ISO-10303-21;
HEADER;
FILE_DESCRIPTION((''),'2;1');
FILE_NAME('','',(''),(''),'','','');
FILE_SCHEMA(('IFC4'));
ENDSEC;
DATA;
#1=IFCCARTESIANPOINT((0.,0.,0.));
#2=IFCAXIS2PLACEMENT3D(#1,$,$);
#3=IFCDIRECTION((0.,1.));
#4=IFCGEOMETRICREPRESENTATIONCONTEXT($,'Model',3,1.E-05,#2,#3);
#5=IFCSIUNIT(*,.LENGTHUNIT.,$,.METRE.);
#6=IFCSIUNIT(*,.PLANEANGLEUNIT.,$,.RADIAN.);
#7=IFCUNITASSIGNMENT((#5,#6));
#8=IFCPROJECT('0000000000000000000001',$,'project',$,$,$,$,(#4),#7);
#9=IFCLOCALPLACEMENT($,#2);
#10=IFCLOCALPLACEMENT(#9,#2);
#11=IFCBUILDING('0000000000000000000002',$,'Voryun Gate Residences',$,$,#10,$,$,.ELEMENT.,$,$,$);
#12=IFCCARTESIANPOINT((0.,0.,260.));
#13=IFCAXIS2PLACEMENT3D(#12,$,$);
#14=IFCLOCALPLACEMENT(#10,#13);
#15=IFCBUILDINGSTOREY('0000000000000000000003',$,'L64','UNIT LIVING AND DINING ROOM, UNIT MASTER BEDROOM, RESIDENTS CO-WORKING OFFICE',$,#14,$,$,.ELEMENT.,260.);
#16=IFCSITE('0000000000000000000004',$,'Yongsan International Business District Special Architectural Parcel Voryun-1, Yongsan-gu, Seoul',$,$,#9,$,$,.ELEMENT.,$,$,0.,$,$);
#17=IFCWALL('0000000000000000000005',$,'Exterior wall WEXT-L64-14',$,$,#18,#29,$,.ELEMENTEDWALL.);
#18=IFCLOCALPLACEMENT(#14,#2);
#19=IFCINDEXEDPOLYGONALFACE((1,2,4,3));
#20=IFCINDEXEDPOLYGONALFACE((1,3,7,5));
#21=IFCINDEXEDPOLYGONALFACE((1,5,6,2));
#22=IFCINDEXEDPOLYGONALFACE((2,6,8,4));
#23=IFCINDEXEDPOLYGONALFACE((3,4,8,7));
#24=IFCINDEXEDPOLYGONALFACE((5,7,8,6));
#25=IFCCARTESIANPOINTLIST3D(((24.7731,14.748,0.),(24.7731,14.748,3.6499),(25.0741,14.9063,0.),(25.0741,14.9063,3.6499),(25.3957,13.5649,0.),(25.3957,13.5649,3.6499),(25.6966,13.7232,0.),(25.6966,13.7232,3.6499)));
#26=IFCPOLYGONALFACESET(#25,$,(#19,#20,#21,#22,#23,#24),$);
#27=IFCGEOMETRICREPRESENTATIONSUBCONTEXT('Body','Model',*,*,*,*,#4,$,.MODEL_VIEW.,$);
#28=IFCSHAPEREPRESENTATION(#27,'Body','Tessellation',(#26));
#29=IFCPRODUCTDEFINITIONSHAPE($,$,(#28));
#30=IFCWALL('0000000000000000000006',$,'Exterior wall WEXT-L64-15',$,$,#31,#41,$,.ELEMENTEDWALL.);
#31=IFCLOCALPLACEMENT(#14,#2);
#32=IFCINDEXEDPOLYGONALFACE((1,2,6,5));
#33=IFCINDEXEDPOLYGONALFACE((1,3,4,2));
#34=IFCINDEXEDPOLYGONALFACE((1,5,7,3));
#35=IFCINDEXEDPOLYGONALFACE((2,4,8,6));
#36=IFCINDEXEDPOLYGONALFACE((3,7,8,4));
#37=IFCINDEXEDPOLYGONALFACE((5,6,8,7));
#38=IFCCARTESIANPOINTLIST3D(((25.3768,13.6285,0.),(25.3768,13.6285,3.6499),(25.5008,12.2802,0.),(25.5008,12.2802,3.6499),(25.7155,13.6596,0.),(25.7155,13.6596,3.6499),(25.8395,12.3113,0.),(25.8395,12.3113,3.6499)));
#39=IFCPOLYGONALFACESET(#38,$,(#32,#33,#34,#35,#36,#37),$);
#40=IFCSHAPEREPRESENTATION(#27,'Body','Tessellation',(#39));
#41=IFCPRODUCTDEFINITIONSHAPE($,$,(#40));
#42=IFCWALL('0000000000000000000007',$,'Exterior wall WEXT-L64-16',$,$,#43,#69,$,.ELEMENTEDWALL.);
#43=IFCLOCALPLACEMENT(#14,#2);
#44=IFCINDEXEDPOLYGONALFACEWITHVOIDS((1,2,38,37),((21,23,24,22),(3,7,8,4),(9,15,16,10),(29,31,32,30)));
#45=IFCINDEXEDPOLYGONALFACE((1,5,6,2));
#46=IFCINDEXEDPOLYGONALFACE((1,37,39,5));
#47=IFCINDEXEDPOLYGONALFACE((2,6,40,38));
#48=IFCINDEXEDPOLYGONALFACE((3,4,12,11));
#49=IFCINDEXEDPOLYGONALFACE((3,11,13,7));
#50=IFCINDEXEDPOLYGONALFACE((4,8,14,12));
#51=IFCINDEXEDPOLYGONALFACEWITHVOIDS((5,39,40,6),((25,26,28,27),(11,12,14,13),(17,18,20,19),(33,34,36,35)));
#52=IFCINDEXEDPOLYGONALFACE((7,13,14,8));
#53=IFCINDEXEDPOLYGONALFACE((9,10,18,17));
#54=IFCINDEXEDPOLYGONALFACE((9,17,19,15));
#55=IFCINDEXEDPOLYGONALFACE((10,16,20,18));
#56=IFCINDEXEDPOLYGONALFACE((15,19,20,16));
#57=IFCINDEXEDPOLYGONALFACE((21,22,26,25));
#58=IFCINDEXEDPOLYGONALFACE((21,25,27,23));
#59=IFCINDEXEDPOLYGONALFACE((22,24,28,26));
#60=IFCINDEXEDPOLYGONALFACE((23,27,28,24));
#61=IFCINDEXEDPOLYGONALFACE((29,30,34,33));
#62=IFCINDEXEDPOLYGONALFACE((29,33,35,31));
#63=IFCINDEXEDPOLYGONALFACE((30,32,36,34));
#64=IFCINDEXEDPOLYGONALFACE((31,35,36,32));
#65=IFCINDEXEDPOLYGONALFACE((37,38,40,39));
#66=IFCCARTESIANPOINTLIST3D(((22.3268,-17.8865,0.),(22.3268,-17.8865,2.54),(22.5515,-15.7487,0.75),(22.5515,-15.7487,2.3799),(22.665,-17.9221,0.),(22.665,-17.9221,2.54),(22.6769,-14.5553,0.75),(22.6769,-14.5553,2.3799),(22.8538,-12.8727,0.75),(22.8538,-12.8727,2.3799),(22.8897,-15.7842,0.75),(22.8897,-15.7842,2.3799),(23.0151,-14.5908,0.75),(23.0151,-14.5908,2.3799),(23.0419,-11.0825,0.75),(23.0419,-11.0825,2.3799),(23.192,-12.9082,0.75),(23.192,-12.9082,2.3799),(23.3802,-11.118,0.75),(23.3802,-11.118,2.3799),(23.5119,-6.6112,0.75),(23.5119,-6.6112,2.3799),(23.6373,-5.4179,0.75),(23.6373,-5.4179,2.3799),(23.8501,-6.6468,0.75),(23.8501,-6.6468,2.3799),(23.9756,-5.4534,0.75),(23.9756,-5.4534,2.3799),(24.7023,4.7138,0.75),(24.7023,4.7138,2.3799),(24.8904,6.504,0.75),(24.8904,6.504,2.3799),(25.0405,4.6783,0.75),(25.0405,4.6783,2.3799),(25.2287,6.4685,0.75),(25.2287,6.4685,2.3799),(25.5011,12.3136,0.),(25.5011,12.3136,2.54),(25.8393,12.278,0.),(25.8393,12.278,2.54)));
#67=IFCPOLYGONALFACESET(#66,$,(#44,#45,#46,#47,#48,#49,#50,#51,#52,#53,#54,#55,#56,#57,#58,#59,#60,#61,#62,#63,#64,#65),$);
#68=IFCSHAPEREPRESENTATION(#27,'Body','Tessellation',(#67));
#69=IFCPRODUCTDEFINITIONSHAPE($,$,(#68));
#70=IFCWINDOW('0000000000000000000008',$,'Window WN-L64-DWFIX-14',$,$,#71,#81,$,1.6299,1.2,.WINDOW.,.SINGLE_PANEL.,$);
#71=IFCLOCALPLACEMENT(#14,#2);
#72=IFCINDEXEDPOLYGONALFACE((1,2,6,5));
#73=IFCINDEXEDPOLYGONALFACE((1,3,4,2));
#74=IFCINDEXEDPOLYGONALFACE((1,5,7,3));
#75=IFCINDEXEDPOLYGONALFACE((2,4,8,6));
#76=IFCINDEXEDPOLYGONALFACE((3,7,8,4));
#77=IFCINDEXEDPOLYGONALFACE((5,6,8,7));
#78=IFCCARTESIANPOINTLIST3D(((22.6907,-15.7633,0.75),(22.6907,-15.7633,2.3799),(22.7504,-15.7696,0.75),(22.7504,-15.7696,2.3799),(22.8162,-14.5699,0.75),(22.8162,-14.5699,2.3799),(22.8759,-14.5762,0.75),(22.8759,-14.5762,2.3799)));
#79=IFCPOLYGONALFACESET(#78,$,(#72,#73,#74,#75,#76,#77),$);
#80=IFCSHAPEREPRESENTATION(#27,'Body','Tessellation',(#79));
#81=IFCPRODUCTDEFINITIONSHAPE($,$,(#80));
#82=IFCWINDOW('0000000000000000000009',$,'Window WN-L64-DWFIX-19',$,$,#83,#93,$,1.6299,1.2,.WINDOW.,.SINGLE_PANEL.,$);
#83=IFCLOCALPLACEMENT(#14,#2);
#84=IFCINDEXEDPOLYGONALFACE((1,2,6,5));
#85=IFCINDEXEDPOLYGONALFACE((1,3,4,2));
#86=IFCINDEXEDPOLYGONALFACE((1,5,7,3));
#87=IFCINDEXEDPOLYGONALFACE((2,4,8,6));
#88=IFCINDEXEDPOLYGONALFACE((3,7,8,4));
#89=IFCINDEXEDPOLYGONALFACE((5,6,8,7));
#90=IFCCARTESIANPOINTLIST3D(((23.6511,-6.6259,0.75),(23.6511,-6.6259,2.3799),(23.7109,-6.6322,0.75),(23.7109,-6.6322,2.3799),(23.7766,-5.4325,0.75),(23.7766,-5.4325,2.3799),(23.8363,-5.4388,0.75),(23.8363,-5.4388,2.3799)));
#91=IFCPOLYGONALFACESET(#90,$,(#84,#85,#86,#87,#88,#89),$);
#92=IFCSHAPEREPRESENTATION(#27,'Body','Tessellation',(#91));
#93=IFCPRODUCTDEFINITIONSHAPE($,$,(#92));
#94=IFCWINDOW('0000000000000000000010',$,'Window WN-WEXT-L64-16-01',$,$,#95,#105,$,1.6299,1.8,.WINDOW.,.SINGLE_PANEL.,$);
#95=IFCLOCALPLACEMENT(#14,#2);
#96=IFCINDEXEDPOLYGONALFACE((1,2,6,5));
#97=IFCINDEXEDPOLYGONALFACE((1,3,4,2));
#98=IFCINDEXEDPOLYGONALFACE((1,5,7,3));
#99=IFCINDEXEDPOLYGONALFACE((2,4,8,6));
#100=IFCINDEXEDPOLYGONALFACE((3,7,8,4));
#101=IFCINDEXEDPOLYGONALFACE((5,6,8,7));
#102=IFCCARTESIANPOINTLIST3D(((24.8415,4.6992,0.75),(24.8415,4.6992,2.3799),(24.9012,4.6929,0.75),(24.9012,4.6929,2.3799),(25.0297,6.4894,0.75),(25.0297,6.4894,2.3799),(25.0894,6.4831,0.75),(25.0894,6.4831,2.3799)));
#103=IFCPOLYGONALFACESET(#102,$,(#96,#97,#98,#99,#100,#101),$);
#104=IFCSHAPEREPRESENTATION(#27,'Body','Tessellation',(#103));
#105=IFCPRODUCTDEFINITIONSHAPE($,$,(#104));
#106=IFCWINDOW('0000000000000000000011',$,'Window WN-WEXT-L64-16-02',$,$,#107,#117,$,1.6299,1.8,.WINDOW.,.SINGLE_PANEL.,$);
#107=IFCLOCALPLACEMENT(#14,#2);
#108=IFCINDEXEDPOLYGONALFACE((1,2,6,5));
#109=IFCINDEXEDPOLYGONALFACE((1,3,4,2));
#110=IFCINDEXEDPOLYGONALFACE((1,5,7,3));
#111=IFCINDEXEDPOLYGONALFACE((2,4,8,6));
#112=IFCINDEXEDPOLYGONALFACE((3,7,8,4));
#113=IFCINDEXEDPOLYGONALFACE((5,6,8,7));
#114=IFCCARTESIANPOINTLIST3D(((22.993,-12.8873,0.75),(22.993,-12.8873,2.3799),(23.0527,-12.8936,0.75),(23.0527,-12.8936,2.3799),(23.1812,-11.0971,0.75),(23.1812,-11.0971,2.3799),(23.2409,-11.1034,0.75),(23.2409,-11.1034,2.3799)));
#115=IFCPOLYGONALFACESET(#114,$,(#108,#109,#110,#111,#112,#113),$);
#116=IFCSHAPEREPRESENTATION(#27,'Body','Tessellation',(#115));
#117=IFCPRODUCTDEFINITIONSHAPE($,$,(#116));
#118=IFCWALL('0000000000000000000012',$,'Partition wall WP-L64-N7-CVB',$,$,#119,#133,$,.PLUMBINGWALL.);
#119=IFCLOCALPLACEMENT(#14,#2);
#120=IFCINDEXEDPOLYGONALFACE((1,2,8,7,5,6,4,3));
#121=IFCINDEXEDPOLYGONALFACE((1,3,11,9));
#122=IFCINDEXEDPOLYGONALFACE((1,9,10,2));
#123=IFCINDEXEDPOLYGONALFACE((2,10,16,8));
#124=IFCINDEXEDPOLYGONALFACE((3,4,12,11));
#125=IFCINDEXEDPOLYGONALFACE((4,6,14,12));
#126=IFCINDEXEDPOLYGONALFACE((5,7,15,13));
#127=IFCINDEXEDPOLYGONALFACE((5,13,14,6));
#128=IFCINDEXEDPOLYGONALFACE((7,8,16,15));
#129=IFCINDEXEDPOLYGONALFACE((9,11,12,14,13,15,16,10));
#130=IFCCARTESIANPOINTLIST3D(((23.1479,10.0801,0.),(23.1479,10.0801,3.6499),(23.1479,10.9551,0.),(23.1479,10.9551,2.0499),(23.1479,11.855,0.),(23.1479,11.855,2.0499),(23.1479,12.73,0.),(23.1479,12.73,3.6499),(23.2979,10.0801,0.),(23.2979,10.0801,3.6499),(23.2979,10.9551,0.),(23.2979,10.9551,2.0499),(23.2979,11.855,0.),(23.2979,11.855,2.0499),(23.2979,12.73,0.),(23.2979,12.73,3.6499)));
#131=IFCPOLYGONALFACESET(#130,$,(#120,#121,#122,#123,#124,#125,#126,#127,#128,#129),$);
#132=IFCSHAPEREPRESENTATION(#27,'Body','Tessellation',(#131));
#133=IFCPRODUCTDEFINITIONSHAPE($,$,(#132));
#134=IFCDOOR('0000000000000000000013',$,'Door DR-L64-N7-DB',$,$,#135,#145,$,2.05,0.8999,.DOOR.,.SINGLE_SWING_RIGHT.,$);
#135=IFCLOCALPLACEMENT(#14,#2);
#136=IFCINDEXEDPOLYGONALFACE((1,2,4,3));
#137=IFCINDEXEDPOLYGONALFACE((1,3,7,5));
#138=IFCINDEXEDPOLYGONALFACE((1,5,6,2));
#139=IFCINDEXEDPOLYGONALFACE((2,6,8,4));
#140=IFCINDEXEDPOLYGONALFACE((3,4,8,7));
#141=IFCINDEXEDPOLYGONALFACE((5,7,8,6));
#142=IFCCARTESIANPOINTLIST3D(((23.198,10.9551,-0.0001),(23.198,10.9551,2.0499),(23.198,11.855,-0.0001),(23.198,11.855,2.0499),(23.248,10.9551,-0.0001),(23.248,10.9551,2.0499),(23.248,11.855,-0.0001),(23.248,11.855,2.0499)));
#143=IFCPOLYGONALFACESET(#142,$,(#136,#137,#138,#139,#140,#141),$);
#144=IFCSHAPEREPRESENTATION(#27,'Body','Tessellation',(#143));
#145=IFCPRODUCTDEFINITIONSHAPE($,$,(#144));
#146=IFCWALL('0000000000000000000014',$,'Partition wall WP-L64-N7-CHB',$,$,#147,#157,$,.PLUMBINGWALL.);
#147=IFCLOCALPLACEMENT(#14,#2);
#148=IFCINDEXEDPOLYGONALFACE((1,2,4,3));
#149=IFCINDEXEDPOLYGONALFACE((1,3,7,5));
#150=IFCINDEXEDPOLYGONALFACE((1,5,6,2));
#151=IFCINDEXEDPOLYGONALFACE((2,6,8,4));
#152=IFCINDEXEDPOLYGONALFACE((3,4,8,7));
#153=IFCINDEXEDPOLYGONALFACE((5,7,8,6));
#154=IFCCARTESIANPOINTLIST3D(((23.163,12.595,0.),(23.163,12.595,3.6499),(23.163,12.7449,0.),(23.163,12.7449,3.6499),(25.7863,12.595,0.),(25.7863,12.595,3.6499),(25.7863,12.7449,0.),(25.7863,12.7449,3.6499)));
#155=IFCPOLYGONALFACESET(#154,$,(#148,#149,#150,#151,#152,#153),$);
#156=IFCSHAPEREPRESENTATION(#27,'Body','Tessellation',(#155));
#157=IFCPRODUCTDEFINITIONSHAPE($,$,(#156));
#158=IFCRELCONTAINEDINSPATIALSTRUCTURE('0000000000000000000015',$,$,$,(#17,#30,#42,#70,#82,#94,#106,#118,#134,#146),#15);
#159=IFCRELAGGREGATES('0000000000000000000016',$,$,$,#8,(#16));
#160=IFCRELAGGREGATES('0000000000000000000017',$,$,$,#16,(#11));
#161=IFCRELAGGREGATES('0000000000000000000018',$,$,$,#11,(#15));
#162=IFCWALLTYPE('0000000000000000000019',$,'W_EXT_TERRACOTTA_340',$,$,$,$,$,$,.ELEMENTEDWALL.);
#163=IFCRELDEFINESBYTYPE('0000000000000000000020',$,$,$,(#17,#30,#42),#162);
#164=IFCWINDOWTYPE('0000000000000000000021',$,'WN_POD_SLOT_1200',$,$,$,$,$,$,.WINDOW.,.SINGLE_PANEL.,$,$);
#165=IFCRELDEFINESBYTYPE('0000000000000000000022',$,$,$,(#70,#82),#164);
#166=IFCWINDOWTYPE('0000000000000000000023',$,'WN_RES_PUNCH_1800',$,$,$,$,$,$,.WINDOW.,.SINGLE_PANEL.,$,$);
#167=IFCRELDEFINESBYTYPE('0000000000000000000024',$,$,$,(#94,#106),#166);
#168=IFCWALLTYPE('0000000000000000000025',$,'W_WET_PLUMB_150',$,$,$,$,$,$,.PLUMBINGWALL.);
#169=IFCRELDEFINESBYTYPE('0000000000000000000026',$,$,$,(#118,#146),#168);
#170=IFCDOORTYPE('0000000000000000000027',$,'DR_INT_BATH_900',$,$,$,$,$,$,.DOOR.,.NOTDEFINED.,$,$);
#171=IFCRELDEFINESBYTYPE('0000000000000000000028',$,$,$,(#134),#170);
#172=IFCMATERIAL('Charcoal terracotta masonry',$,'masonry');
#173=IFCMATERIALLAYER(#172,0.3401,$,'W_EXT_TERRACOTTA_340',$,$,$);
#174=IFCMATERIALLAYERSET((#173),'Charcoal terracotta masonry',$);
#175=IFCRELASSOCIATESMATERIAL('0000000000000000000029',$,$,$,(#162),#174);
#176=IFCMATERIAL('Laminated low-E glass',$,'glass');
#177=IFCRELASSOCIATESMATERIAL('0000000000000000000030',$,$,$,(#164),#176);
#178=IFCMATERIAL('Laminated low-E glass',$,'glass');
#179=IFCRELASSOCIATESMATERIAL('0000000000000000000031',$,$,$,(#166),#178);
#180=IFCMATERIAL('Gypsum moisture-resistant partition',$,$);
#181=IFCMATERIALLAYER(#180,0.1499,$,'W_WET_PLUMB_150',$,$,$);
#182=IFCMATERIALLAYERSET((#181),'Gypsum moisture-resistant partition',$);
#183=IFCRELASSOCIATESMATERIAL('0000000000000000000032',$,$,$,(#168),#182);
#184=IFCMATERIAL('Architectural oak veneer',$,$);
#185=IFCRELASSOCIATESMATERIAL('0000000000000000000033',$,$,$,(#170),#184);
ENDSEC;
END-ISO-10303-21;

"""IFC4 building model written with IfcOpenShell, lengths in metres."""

from ifc_helpers import new_model, si_unit, direction, frame, frame_2d, origin, place, context, subcontext, project, spatial, rectangle, extrude, material, layer, layer_set, type_object, element, fill, save


model = new_model("IFC4")

# Units and contexts
model_context = context("Model", 3, precision=1e-05, world=origin(), true_north=direction((0.0, 1.0)))
body_context = subcontext(model_context, "Body", "Model", "MODEL_VIEW")
ifc_project = project(units=[si_unit("LENGTHUNIT", "METRE"), si_unit("PLANEANGLEUNIT", "RADIAN")], contexts=[model_context])

# Site, building, storey
site_placement = place(None, origin())
site = spatial("IfcSite", under=ifc_project, at=site_placement, Name="Yongsan International Business District Special Architectural Parcel Voryun-1, Yongsan-gu, Seoul", CompositionType="ELEMENT", RefElevation=0.0)
building_placement = place(site_placement, origin())
building = spatial("IfcBuilding", under=site, at=building_placement, Name="Voryun Gate Residences", CompositionType="ELEMENT")
storey_placement = place(building_placement, frame((0.0, 0.0, 260.0)))
storey = spatial("IfcBuildingStorey", under=building, at=storey_placement, Name="L64", Description="UNIT LIVING AND DINING ROOM, UNIT MASTER BEDROOM, RESIDENTS CO-WORKING OFFICE", CompositionType="ELEMENT", Elevation=260.0)

# Walls
ifc_material_1 = material(Name="Charcoal terracotta masonry", Category="masonry")
ifc_layer_1 = layer(ifc_material_1, 0.3401, Name="W_EXT_TERRACOTTA_340")
ifc_layer_set_1 = layer_set([ifc_layer_1], Name="Charcoal terracotta masonry")
wall_type_1 = type_object("IfcWallType", Name="W_EXT_TERRACOTTA_340", PredefinedType="ELEMENTEDWALL", material=ifc_layer_set_1)
wall_1_placement = place(storey_placement, frame((24.9236, 14.8271, 0.0), z_axis=(0.0, 0.0, 1.0), x_axis=(0.465671, -0.884958, 0.0)))
element("IfcWall", 1, at=wall_1_placement, inside=storey, type_object=wall_type_1, Name="Exterior wall WEXT-L64-14", PredefinedType="ELEMENTEDWALL", context=body_context, shape_type="SweptSolid", body=[
    extrude(rectangle(XDim=1.3369, YDim=0.3401, at=frame_2d((0.6685, 0.0))), origin(), (0.0, 0.0, 1.0), 3.6499),
])
wall_2_placement = place(storey_placement, frame((25.5461, 13.644, 0.0), z_axis=(0.0, 0.0, 1.0), x_axis=(0.091592, -0.995797, 0.0)))
element("IfcWall", 2, at=wall_2_placement, inside=storey, type_object=wall_type_1, Name="Exterior wall WEXT-L64-15", PredefinedType="ELEMENTEDWALL", context=body_context, shape_type="SweptSolid", body=[
    extrude(rectangle(XDim=1.354, YDim=0.3401, at=frame_2d((0.677, 0.0))), origin(), (0.0, 0.0, 1.0), 3.6499),
])

# Wall, openings, windows
wall_3_placement = place(storey_placement, frame((25.6702, 12.2957, 0.0), z_axis=(0.0, 0.0, 1.0), x_axis=(-0.104533, -0.994521, 0.0)))
wall_3 = element("IfcWall", 3, at=wall_3_placement, inside=storey, type_object=wall_type_1, Name="Exterior wall WEXT-L64-16", PredefinedType="ELEMENTEDWALL", context=body_context, shape_type="SweptSolid", body=[
    extrude(rectangle(XDim=30.3665, YDim=0.3401, at=frame_2d((15.1831, 0.0))), origin(), (0.0, 0.0, 1.0), 2.54),
])
opening_1_placement = place(wall_3_placement, frame((5.8416, 0.0, 0.75)))
opening_1 = element("IfcOpeningElement", 4, at=opening_1_placement, cuts=wall_3, PredefinedType="OPENING", context=body_context, shape_type="SweptSolid", body=[
    extrude(rectangle(XDim=1.8, YDim=1.6299, at=frame_2d((0.8999, 0.8149))), frame((0.0, 0.1799, 0.0), z_axis=(0.0, -1.0, 0.0), x_axis=(1.0, 0.0, 0.0)), (0.0, 0.0, 1.0), 0.3601),
])
opening_2_placement = place(wall_3_placement, frame((23.5249, 0.0, 0.75)))
opening_2 = element("IfcOpeningElement", 5, at=opening_2_placement, cuts=wall_3, PredefinedType="OPENING", context=body_context, shape_type="SweptSolid", body=[
    extrude(rectangle(XDim=1.8, YDim=1.6299, at=frame_2d((0.8999, 0.8149))), frame((0.0, 0.1799, 0.0), z_axis=(0.0, -1.0, 0.0), x_axis=(1.0, 0.0, 0.0)), (0.0, 0.0, 1.0), 0.3601),
])
opening_3_placement = place(wall_3_placement, frame((27.0166, 0.0, 0.75)))
opening_3 = element("IfcOpeningElement", 6, at=opening_3_placement, cuts=wall_3, PredefinedType="OPENING", context=body_context, shape_type="SweptSolid", body=[
    extrude(rectangle(XDim=1.2, YDim=1.6299, at=frame_2d((0.6001, 0.8149))), frame((0.0, 0.1799, 0.0), z_axis=(0.0, -1.0, 0.0), x_axis=(1.0, 0.0, 0.0)), (0.0, 0.0, 1.0), 0.3601),
])
opening_4_placement = place(wall_3_placement, frame((17.8289, 0.0, 0.75)))
opening_4 = element("IfcOpeningElement", 7, at=opening_4_placement, cuts=wall_3, PredefinedType="OPENING", context=body_context, shape_type="SweptSolid", body=[
    extrude(rectangle(XDim=1.2, YDim=1.6299, at=frame_2d((0.6001, 0.8149))), frame((0.0, 0.1799, 0.0), z_axis=(0.0, -1.0, 0.0), x_axis=(1.0, 0.0, 0.0)), (0.0, 0.0, 1.0), 0.3601),
])
ifc_material_2 = material(Name="Laminated low-E glass", Category="glass")
window_type_1 = type_object("IfcWindowType", Name="WN_POD_SLOT_1200", PartitioningType="SINGLE_PANEL", PredefinedType="WINDOW", material=ifc_material_2)
window_1_placement = place(opening_3_placement, origin())
window_1 = element("IfcWindow", 8, at=window_1_placement, inside=storey, type_object=window_type_1, Name="Window WN-L64-DWFIX-14", OverallHeight=1.6299, OverallWidth=1.2, PartitioningType="SINGLE_PANEL", PredefinedType="WINDOW", context=body_context, shape_type="SweptSolid", body=[
    extrude(rectangle(XDim=1.2, YDim=1.6299, at=frame_2d((0.6001, 0.8149))), frame((0.0, 0.03, 0.0), z_axis=(0.0, -1.0, 0.0), x_axis=(1.0, 0.0, 0.0)), (0.0, 0.0, 1.0), 0.0601),
])
fill(opening_3, window_1)
window_2_placement = place(opening_4_placement, origin())
window_2 = element("IfcWindow", 9, at=window_2_placement, inside=storey, type_object=window_type_1, Name="Window WN-L64-DWFIX-19", OverallHeight=1.6299, OverallWidth=1.2, PartitioningType="SINGLE_PANEL", PredefinedType="WINDOW", context=body_context, shape_type="SweptSolid", body=[
    extrude(rectangle(XDim=1.2, YDim=1.6299, at=frame_2d((0.6001, 0.8149))), frame((0.0, 0.03, 0.0), z_axis=(0.0, -1.0, 0.0), x_axis=(1.0, 0.0, 0.0)), (0.0, 0.0, 1.0), 0.0601),
])
fill(opening_4, window_2)
ifc_material_3 = material(Name="Laminated low-E glass", Category="glass")
window_type_2 = type_object("IfcWindowType", Name="WN_RES_PUNCH_1800", PartitioningType="SINGLE_PANEL", PredefinedType="WINDOW", material=ifc_material_3)
window_3_placement = place(opening_1_placement, origin())
window_3 = element("IfcWindow", 10, at=window_3_placement, inside=storey, type_object=window_type_2, Name="Window WN-WEXT-L64-16-01", OverallHeight=1.6299, OverallWidth=1.8, PartitioningType="SINGLE_PANEL", PredefinedType="WINDOW", context=body_context, shape_type="SweptSolid", body=[
    extrude(rectangle(XDim=1.8, YDim=1.6299, at=frame_2d((0.8999, 0.8149))), frame((0.0, 0.03, 0.0), z_axis=(0.0, -1.0, 0.0), x_axis=(1.0, 0.0, 0.0)), (0.0, 0.0, 1.0), 0.0601),
])
fill(opening_1, window_3)
window_4_placement = place(opening_2_placement, origin())
window_4 = element("IfcWindow", 11, at=window_4_placement, inside=storey, type_object=window_type_2, Name="Window WN-WEXT-L64-16-02", OverallHeight=1.6299, OverallWidth=1.8, PartitioningType="SINGLE_PANEL", PredefinedType="WINDOW", context=body_context, shape_type="SweptSolid", body=[
    extrude(rectangle(XDim=1.8, YDim=1.6299, at=frame_2d((0.8999, 0.8149))), frame((0.0, 0.03, 0.0), z_axis=(0.0, -1.0, 0.0), x_axis=(1.0, 0.0, 0.0)), (0.0, 0.0, 1.0), 0.0601),
])
fill(opening_2, window_4)

# Wall, opening, door
ifc_material_4 = material(Name="Gypsum moisture-resistant partition")
ifc_layer_2 = layer(ifc_material_4, 0.1499, Name="W_WET_PLUMB_150")
ifc_layer_set_2 = layer_set([ifc_layer_2], Name="Gypsum moisture-resistant partition")
wall_type_2 = type_object("IfcWallType", Name="W_WET_PLUMB_150", PredefinedType="PLUMBINGWALL", material=ifc_layer_set_2)
wall_4_placement = place(storey_placement, frame((23.2229, 10.0801, 0.0), z_axis=(0.0, 0.0, 1.0), x_axis=(0.0, 1.0, 0.0)))
wall_4 = element("IfcWall", 12, at=wall_4_placement, inside=storey, type_object=wall_type_2, Name="Partition wall WP-L64-N7-CVB", PredefinedType="PLUMBINGWALL", context=body_context, shape_type="SweptSolid", body=[
    extrude(rectangle(XDim=2.6499, YDim=0.1499, at=frame_2d((1.325, 0.0))), origin(), (0.0, 0.0, 1.0), 3.6499),
])
opening_5_placement = place(wall_4_placement, frame((0.875, 0.0, 0.0)))
opening_5 = element("IfcOpeningElement", 13, at=opening_5_placement, cuts=wall_4, PredefinedType="OPENING", context=body_context, shape_type="SweptSolid", body=[
    extrude(rectangle(XDim=0.8999, YDim=2.05, at=frame_2d((0.45, 1.0249))), frame((0.0, 0.085, 0.0), z_axis=(0.0, -1.0, 0.0), x_axis=(1.0, 0.0, 0.0)), (0.0, 0.0, 1.0), 0.1699),
])
ifc_material_5 = material(Name="Architectural oak veneer")
door_type = type_object("IfcDoorType", Name="DR_INT_BATH_900", OperationType="NOTDEFINED", PredefinedType="DOOR", material=ifc_material_5)
door_placement = place(opening_5_placement, origin())
door = element("IfcDoor", 14, at=door_placement, inside=storey, type_object=door_type, Name="Door DR-L64-N7-DB", OperationType="SINGLE_SWING_RIGHT", OverallHeight=2.05, OverallWidth=0.8999, PredefinedType="DOOR", context=body_context, shape_type="SweptSolid", body=[
    extrude(rectangle(XDim=0.8999, YDim=2.05, at=frame_2d((0.45, 1.0249))), frame((0.0, 0.0249, 0.0), z_axis=(0.0, -1.0, 0.0), x_axis=(1.0, 0.0, 0.0)), (0.0, 0.0, 1.0), 0.05),
])
fill(opening_5, door)

# Wall
wall_5_placement = place(storey_placement, frame((23.1631, 12.6699, 0.0), z_axis=(0.0, 0.0, 1.0), x_axis=(1.0, 0.0, 0.0)))
element("IfcWall", 15, at=wall_5_placement, inside=storey, type_object=wall_type_2, Name="Partition wall WP-L64-N7-CHB", PredefinedType="PLUMBINGWALL", context=body_context, shape_type="SweptSolid", body=[
    extrude(rectangle(XDim=2.6233, YDim=0.1499, at=frame_2d((1.3115, 0.0))), origin(), (0.0, 0.0, 1.0), 3.6499),
])

save(model, "model.ifc")
